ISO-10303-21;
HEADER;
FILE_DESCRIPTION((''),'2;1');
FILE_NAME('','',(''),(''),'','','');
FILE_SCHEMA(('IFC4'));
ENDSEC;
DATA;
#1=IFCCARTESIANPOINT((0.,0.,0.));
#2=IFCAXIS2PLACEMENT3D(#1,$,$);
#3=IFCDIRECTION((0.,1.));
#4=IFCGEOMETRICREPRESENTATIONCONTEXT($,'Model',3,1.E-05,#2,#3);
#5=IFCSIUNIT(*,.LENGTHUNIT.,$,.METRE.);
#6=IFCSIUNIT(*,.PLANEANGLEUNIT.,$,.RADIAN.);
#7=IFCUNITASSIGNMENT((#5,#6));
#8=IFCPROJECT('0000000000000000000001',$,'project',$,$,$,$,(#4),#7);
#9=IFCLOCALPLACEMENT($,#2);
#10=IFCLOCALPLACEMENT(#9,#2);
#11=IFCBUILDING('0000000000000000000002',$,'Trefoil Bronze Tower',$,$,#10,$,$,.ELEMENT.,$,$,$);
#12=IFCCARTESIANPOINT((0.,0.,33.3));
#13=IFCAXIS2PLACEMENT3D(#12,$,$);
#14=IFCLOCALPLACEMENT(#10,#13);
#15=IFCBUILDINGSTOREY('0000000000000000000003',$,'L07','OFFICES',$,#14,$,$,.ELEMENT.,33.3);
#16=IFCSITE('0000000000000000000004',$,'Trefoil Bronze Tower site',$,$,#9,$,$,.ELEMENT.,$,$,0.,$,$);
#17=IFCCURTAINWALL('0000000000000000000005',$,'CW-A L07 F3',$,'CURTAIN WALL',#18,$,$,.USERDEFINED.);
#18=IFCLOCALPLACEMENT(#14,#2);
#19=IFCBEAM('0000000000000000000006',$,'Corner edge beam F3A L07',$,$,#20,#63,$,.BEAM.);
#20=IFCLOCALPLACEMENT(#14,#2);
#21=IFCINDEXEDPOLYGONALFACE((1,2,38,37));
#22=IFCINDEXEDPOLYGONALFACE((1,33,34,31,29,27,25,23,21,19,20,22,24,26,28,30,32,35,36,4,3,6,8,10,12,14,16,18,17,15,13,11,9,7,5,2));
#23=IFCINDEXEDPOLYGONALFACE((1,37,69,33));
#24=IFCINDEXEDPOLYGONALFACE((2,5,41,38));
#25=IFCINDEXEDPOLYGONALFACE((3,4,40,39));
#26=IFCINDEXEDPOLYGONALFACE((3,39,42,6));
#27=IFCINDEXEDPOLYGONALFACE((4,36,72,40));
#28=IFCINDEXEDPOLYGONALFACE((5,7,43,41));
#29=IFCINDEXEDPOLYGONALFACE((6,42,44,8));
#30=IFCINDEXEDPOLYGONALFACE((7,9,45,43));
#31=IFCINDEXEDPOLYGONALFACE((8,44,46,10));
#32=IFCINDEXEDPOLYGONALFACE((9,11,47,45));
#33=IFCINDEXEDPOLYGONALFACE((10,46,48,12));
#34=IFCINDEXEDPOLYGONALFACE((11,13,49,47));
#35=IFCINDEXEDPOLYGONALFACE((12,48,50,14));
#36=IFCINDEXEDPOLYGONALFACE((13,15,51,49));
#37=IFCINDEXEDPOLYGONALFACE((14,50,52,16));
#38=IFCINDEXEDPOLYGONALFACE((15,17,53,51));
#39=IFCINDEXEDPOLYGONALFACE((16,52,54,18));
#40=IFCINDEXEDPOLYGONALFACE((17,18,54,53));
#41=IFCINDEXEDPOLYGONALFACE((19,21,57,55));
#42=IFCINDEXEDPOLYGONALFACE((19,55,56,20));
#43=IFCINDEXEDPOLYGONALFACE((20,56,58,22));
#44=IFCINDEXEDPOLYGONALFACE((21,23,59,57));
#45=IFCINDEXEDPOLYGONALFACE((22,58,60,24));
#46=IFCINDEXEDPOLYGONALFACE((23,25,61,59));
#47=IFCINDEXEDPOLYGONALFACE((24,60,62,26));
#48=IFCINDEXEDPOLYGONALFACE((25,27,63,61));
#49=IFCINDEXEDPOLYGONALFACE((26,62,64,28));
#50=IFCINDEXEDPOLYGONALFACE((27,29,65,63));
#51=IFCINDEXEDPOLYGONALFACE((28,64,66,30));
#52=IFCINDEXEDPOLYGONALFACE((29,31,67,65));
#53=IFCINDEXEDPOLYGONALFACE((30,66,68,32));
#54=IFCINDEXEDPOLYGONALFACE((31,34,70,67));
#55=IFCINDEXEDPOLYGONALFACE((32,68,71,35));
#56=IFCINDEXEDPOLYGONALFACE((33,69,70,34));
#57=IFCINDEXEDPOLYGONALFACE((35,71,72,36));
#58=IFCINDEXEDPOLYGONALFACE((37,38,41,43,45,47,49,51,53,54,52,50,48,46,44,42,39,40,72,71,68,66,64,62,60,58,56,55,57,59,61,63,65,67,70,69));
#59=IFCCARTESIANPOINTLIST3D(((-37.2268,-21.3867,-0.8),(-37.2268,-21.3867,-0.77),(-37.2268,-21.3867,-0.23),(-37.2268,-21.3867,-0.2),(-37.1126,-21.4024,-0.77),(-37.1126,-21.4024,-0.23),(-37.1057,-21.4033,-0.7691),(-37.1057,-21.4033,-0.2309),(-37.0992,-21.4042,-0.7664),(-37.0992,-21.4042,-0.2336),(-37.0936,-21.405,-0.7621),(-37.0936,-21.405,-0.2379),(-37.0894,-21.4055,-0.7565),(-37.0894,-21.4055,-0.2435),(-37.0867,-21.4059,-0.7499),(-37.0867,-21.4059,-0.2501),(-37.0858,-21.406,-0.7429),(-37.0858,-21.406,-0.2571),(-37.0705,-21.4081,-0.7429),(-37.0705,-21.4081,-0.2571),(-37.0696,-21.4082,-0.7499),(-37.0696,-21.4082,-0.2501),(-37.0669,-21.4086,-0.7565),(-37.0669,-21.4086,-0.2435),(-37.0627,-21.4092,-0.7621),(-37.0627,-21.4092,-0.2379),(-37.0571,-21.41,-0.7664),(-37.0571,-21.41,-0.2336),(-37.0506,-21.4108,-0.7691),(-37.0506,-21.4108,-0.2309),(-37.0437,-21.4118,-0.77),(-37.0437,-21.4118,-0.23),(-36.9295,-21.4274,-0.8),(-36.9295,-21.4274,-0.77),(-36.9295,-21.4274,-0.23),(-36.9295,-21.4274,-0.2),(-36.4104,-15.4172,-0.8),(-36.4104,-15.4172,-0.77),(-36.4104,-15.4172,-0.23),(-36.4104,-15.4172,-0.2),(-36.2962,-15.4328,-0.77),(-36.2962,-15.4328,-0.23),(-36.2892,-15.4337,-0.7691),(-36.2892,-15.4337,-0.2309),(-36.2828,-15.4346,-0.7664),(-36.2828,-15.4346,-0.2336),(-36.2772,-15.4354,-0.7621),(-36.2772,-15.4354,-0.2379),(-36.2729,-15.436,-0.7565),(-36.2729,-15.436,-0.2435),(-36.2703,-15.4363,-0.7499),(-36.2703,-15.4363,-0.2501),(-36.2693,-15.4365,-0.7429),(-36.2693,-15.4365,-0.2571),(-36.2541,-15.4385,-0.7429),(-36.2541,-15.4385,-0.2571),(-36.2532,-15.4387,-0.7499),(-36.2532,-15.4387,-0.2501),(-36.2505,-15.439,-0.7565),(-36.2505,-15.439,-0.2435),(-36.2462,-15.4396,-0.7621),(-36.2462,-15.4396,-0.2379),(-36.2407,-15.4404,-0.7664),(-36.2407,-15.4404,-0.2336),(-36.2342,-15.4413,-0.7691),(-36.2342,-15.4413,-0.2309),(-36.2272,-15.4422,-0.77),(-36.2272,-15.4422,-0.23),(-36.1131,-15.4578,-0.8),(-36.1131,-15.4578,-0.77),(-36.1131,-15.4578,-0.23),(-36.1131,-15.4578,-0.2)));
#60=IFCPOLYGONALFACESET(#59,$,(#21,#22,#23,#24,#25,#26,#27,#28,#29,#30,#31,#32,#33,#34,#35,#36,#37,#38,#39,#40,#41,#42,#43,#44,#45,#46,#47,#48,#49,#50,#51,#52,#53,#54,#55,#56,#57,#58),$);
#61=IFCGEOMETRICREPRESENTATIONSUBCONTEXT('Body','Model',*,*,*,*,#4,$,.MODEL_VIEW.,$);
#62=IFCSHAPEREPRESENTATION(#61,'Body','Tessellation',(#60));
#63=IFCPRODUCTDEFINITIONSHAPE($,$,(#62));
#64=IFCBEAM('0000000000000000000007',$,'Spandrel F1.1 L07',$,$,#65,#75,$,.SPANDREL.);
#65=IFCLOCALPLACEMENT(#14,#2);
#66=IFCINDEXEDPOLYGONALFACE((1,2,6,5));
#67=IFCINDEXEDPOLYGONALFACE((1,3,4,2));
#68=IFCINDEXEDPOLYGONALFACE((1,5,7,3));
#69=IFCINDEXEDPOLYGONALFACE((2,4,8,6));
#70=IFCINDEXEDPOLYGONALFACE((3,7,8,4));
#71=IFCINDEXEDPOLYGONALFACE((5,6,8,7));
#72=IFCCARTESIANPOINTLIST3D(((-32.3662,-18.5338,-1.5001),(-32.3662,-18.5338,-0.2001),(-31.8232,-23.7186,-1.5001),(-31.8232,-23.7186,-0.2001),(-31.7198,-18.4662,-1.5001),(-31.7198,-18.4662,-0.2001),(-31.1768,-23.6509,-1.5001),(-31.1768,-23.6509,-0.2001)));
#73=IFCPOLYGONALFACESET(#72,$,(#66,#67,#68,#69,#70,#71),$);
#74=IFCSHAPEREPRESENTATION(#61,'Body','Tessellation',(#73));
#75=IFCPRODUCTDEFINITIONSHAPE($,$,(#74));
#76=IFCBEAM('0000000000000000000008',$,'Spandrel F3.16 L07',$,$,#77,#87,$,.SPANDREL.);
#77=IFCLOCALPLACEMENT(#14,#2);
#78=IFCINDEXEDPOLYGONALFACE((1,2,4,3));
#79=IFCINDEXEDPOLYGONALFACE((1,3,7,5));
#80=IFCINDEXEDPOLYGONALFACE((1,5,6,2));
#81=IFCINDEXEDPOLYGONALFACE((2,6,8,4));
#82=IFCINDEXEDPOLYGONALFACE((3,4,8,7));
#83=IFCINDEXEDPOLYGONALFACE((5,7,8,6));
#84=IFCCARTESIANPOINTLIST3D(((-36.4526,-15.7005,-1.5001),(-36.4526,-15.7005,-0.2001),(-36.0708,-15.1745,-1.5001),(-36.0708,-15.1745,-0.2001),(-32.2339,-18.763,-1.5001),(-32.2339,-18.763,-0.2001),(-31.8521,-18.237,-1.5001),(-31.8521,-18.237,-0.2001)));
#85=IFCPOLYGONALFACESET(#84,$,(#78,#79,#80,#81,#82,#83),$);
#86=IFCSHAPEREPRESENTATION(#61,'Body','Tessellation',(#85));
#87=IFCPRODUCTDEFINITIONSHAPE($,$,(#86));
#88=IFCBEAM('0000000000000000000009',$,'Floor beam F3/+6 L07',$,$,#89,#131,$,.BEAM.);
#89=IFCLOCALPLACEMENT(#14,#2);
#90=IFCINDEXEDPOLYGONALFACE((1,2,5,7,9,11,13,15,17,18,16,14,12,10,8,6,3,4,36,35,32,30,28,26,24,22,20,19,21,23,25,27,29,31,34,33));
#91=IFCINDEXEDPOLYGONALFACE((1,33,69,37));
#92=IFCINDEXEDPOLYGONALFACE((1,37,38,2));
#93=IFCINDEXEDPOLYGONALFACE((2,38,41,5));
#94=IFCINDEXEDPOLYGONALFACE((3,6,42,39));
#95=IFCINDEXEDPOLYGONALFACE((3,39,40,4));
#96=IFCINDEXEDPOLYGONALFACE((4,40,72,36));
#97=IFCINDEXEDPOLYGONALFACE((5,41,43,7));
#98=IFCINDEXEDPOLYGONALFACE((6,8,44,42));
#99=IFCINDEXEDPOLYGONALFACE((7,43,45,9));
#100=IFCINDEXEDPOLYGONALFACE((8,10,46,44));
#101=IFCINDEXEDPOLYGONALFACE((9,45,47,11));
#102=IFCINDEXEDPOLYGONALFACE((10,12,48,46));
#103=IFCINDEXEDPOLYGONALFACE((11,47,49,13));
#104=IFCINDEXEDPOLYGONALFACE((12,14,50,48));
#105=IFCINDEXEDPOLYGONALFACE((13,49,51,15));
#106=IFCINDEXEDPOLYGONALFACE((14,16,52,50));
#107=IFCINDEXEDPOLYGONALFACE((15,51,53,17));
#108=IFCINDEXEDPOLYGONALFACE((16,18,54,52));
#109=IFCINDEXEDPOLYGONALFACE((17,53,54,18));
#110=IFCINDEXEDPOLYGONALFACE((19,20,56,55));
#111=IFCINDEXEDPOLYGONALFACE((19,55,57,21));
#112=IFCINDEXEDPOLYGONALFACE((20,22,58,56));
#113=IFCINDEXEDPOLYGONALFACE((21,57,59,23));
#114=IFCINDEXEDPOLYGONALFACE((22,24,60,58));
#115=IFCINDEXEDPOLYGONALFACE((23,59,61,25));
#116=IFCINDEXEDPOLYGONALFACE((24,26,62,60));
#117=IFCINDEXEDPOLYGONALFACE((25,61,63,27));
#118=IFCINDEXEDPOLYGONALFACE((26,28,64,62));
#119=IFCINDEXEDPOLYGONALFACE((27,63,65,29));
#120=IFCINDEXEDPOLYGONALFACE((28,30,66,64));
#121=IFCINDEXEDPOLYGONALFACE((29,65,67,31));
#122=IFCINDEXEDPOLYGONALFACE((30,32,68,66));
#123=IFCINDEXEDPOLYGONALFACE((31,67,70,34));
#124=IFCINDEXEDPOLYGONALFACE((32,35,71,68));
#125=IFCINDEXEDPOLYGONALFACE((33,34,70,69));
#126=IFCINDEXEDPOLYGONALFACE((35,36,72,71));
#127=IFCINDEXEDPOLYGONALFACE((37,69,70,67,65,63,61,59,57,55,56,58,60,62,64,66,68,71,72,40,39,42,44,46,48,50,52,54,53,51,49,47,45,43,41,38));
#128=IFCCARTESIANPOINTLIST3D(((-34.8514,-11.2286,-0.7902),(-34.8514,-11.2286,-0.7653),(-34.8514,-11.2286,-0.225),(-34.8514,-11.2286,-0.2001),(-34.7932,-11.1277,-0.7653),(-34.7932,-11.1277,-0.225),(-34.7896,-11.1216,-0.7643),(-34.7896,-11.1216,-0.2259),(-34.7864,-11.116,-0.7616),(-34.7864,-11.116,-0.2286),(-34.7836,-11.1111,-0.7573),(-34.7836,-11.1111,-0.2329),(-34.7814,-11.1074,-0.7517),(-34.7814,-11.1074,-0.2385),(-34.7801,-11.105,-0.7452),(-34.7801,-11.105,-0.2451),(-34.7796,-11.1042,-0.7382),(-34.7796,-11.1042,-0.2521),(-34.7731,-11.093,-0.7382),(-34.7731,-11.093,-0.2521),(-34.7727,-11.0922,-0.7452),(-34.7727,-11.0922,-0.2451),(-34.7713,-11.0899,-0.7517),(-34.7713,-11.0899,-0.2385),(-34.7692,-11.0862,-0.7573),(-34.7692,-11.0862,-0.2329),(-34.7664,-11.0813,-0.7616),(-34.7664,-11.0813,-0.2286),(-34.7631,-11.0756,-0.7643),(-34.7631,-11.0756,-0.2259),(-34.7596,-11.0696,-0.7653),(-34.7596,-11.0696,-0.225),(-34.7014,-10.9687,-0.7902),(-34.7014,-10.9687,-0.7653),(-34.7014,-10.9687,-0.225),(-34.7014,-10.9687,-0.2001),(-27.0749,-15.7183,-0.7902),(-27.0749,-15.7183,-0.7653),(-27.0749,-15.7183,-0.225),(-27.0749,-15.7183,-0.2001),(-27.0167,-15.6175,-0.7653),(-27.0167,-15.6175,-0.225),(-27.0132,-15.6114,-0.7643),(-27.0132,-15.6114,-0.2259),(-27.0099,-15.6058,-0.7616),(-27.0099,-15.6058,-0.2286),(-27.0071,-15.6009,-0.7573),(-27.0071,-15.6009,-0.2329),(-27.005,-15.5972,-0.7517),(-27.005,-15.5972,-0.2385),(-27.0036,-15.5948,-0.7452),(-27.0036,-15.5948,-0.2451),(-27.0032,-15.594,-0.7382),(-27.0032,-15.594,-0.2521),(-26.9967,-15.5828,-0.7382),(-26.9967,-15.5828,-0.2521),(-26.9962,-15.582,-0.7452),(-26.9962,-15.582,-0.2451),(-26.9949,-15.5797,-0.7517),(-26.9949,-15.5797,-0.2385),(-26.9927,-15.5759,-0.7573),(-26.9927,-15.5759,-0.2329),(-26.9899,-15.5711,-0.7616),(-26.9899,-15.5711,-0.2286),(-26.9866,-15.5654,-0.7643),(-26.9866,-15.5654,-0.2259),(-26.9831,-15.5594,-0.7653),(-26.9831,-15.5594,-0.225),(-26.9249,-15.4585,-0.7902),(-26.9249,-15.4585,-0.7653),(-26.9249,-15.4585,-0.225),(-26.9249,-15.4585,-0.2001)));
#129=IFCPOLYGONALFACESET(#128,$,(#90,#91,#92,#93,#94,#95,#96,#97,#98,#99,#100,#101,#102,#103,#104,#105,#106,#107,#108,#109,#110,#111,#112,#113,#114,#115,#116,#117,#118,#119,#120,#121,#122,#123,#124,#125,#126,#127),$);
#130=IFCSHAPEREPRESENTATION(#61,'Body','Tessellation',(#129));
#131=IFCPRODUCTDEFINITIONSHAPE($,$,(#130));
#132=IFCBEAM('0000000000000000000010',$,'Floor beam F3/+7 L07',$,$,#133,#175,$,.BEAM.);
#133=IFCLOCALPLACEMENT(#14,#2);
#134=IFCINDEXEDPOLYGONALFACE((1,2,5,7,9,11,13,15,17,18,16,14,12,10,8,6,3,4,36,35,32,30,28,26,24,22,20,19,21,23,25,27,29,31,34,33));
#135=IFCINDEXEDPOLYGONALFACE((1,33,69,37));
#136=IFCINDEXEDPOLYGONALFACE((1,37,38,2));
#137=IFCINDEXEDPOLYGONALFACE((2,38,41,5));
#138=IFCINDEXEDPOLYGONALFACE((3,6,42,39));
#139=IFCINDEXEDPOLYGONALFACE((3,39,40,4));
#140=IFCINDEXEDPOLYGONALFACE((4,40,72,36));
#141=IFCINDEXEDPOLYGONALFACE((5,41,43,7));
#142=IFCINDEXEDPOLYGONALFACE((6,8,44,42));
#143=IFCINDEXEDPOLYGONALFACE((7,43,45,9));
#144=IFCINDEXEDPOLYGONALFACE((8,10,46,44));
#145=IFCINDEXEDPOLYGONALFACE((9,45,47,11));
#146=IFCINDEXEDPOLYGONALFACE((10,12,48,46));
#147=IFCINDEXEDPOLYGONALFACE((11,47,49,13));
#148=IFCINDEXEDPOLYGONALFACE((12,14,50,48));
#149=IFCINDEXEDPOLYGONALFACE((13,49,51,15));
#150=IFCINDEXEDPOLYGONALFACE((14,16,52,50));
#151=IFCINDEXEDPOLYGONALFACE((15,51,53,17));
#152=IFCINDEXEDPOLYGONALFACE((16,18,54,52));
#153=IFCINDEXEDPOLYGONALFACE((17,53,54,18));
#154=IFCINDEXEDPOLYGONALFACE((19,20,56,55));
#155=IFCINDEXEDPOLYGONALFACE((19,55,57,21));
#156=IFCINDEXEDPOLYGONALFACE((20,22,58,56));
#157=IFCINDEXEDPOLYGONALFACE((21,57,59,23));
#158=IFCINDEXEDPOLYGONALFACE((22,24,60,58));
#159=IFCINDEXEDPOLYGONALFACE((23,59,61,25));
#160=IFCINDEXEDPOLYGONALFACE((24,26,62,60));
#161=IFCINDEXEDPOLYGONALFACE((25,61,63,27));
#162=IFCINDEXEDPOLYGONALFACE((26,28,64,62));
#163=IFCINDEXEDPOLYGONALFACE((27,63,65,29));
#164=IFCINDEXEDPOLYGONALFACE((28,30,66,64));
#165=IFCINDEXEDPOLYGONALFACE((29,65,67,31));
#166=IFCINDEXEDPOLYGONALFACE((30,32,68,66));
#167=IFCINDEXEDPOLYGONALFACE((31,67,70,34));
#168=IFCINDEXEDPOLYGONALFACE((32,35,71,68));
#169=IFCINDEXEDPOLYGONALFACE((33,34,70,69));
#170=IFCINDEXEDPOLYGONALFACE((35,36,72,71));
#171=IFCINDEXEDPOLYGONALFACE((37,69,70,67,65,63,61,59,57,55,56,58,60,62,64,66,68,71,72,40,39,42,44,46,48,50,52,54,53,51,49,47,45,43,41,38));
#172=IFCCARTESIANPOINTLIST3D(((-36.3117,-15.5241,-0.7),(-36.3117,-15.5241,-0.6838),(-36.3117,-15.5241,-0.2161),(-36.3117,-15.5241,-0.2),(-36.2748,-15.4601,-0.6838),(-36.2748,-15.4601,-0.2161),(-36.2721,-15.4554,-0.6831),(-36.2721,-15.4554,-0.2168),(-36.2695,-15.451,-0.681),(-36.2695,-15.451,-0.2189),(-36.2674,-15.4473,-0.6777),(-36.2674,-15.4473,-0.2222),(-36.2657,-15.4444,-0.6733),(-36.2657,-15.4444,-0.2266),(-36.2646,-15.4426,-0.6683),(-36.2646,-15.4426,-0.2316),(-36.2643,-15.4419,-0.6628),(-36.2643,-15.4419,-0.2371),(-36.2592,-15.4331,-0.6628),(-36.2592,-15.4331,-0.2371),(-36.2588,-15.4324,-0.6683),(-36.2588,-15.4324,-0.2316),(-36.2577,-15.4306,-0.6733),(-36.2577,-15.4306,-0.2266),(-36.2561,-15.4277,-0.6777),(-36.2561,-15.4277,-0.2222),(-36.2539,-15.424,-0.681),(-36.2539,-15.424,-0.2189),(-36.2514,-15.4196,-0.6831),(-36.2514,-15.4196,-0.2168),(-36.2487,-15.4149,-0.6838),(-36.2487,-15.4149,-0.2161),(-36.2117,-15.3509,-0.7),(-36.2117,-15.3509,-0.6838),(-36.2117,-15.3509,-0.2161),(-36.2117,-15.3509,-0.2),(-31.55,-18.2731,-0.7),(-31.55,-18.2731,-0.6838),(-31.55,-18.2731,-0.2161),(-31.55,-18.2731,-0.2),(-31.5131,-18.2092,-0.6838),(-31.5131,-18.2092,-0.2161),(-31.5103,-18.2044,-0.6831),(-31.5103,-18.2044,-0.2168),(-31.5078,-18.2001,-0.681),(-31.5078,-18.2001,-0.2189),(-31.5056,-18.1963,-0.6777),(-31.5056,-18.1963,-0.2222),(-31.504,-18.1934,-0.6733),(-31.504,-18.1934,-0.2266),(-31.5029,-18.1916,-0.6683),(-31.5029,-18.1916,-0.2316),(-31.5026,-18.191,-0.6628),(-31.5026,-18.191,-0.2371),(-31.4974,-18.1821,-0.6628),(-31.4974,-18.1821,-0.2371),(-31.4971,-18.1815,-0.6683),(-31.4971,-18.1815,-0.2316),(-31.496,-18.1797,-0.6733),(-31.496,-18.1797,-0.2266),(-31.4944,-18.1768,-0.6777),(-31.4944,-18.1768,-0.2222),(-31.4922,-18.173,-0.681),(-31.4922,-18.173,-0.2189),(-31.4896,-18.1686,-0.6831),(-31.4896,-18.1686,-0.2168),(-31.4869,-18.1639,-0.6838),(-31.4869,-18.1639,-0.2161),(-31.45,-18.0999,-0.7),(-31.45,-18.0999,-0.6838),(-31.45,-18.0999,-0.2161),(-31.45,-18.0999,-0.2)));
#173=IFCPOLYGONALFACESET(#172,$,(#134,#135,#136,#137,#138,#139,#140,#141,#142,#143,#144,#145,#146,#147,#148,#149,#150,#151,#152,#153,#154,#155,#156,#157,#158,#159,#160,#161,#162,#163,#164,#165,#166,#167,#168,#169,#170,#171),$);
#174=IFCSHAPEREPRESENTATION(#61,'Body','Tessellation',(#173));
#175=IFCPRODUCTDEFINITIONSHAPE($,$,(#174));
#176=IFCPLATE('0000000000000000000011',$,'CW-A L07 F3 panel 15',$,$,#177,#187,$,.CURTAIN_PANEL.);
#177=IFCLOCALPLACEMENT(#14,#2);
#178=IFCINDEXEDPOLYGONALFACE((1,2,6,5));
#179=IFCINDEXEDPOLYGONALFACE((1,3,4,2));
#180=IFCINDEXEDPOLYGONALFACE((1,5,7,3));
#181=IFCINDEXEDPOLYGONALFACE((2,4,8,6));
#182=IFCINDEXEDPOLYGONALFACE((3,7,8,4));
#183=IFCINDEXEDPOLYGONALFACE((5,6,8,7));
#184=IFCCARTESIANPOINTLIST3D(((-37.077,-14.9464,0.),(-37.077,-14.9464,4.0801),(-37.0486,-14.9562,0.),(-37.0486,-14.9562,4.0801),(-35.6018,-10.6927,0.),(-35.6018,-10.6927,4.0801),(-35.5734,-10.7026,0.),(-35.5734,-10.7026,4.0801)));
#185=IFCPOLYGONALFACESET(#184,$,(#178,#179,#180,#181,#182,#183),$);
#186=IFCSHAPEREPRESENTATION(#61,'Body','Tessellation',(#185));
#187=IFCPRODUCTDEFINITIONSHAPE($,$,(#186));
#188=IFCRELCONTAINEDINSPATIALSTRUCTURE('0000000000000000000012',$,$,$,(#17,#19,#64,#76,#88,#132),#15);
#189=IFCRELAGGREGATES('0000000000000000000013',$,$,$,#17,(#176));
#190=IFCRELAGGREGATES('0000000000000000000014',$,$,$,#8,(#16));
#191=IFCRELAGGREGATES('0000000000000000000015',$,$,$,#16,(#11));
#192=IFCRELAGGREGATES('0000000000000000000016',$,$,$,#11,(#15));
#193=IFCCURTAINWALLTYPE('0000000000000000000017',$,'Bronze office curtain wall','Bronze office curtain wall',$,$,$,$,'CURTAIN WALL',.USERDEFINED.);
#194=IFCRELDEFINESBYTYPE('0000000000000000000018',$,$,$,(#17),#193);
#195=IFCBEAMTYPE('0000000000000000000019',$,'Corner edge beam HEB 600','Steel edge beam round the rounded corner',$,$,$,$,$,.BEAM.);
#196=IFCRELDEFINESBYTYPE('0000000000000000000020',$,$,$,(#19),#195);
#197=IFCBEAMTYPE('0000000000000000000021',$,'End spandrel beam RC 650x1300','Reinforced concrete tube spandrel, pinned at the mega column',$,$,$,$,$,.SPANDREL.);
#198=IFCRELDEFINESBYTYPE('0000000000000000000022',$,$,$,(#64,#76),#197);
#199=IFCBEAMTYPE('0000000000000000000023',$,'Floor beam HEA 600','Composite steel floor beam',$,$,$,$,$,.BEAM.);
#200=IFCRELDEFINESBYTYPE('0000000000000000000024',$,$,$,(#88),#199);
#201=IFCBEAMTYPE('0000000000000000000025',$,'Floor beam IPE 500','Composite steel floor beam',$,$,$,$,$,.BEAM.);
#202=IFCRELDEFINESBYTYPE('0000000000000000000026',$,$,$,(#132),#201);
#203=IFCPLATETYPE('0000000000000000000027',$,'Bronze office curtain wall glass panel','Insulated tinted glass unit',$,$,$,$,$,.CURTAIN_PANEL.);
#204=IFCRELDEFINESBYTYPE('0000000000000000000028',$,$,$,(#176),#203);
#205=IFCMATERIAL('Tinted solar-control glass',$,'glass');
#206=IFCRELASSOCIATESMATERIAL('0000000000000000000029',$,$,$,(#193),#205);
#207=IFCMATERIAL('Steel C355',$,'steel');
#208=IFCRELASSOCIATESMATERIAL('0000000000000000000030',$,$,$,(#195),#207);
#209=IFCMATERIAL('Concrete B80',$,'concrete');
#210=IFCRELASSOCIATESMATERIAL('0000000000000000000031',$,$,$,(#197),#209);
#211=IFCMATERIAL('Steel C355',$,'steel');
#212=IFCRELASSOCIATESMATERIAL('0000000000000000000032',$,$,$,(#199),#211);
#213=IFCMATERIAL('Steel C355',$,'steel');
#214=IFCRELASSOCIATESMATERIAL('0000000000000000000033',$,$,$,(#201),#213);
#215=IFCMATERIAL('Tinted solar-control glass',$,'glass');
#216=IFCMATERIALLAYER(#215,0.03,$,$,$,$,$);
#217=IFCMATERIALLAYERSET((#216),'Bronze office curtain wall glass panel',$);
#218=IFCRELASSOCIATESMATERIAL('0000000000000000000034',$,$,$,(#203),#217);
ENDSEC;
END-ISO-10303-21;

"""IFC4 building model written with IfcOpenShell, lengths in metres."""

from ifc_helpers import new_model, si_unit, direction, frame, origin, origin_2d, place, context, subcontext, project, spatial, rectangle, i_section, extrude, material, layer, layer_set, material_profile, profile_set, type_object, element, aggregate, save


model = new_model("IFC4")

# Units and contexts
model_context = context("Model", 3, precision=1e-05, world=origin(), true_north=direction((0.0, 1.0)))
body_context = subcontext(model_context, "Body", "Model", "MODEL_VIEW")
ifc_project = project(units=[si_unit("LENGTHUNIT", "METRE"), si_unit("PLANEANGLEUNIT", "RADIAN")], contexts=[model_context])

# Site, building, storey
site_placement = place(None, origin())
site = spatial("IfcSite", under=ifc_project, at=site_placement, Name="Trefoil Bronze Tower site", CompositionType="ELEMENT", RefElevation=0.0)
building_placement = place(site_placement, origin())
building = spatial("IfcBuilding", under=site, at=building_placement, Name="Trefoil Bronze Tower", CompositionType="ELEMENT")
storey_placement = place(building_placement, frame((0.0, 0.0, 33.3)))
storey = spatial("IfcBuildingStorey", under=building, at=storey_placement, Name="L07", Description="OFFICES", CompositionType="ELEMENT", Elevation=33.3)

# Curtain wall
ifc_material_1 = material(Name="Tinted solar-control glass", Category="glass")
curtain_wall_type_1 = type_object("IfcCurtainWallType", Name="Bronze office curtain wall", Description="Bronze office curtain wall", ElementType="CURTAIN WALL", PredefinedType="USERDEFINED", material=ifc_material_1)
curtain_wall_1_placement = place(storey_placement, origin())
curtain_wall_1 = element("IfcCurtainWall", 1, at=curtain_wall_1_placement, inside=storey, type_object=curtain_wall_type_1, Name="CW-A L07 F3", ObjectType="CURTAIN WALL", PredefinedType="USERDEFINED")

# Beams
ifc_material_2 = material(Name="Steel C355", Category="steel")
ifc_material_profile_1 = material_profile(ifc_material_2, i_section(OverallWidth=0.3, OverallDepth=0.6001, WebThickness=0.0154, FlangeThickness=0.03, FilletRadius=0.0271, at=origin_2d()), Name="HEB 600")
ifc_profile_set_1 = profile_set([ifc_material_profile_1], Name="Steel C355")
beam_type_1 = type_object("IfcBeamType", Name="Corner edge beam HEB 600", Description="Steel edge beam round the rounded corner", PredefinedType="BEAM", material=ifc_profile_set_1)
beam_1_placement = place(storey_placement, frame((-36.2617, -15.4375, -0.5), z_axis=(-0.135502, -0.990777, 0.0), x_axis=(0.990777, -0.135502, 0.0)))
element("IfcBeam", 2, at=beam_1_placement, inside=storey, type_object=beam_type_1, Name="Corner edge beam F3A L07", PredefinedType="BEAM", context=body_context, shape_type="SweptSolid", body=[
    extrude(i_section(OverallWidth=0.3, OverallDepth=0.6001, WebThickness=0.0154, FlangeThickness=0.03, FilletRadius=0.0271, at=origin_2d()), origin(), (0.0, 0.0, 1.0), 6.0251),
])
ifc_material_3 = material(Name="Concrete B80", Category="concrete")
ifc_material_profile_2 = material_profile(ifc_material_3, rectangle(XDim=0.6499, YDim=1.3, at=origin_2d()), Name="RC 650x1300")
ifc_profile_set_2 = profile_set([ifc_material_profile_2], Name="Concrete B80")
beam_type_2 = type_object("IfcBeamType", Name="End spandrel beam RC 650x1300", Description="Reinforced concrete tube spandrel, pinned at the mega column", PredefinedType="SPANDREL", material=ifc_profile_set_2)
for number, where, z_axis, x_axis, name in (
    (3, (-32.043, -18.5, -0.8501), (0.104153, -0.994561, 0.0), (0.994561, 0.104153, 0.0), "Spandrel F1.1 L07"),
    (4, (-36.2617, -15.4375, -0.8501), (0.809254, -0.587459, 0.0), (0.587459, 0.809254, 0.0), "Spandrel F3.16 L07"),
):
    element("IfcBeam", number, at=place(storey_placement, frame(where, z_axis=z_axis, x_axis=x_axis)), inside=storey, type_object=beam_type_2, Name=name, PredefinedType="SPANDREL", context=body_context, shape_type="SweptSolid", body=[
        extrude(rectangle(XDim=0.6499, YDim=1.3, at=origin_2d()), origin(), (0.0, 0.0, 1.0), 5.2131),
    ])
ifc_material_4 = material(Name="Steel C355", Category="steel")
ifc_material_profile_3 = material_profile(ifc_material_4, i_section(OverallWidth=0.3, OverallDepth=0.5901, WebThickness=0.0129, FlangeThickness=0.0249, FilletRadius=0.0271, at=origin_2d()), Name="HEA 600")
ifc_profile_set_3 = profile_set([ifc_material_profile_3], Name="Steel C355")
beam_type_3 = type_object("IfcBeamType", Name="Floor beam HEA 600", Description="Composite steel floor beam", PredefinedType="BEAM", material=ifc_profile_set_3)
beam_2_placement = place(storey_placement, frame((-34.7764, -11.0986, -0.4951), z_axis=(0.866023, -0.500005, 0.0), x_axis=(0.500005, 0.866023, 0.0)))
element("IfcBeam", 5, at=beam_2_placement, inside=storey, type_object=beam_type_3, Name="Floor beam F3/+6 L07", PredefinedType="BEAM", context=body_context, shape_type="SweptSolid", body=[
    extrude(i_section(OverallWidth=0.3, OverallDepth=0.5901, WebThickness=0.0129, FlangeThickness=0.0249, FilletRadius=0.0271, at=origin_2d()), origin(), (0.0, 0.0, 1.0), 8.9795),
])
ifc_material_5 = material(Name="Steel C355", Category="steel")
ifc_material_profile_4 = material_profile(ifc_material_5, i_section(OverallWidth=0.2, OverallDepth=0.5, WebThickness=0.0103, FlangeThickness=0.0161, FilletRadius=0.021, at=origin_2d()), Name="IPE 500")
ifc_profile_set_4 = profile_set([ifc_material_profile_4], Name="Steel C355")
beam_type_4 = type_object("IfcBeamType", Name="Floor beam IPE 500", Description="Composite steel floor beam", PredefinedType="BEAM", material=ifc_profile_set_4)
beam_3_placement = place(storey_placement, frame((-36.2617, -15.4375, -0.45), z_axis=(0.866038, -0.499979, 0.0), x_axis=(0.499979, 0.866038, 0.0)))
element("IfcBeam", 6, at=beam_3_placement, inside=storey, type_object=beam_type_4, Name="Floor beam F3/+7 L07", PredefinedType="BEAM", context=body_context, shape_type="SweptSolid", body=[
    extrude(i_section(OverallWidth=0.2, OverallDepth=0.5, WebThickness=0.0103, FlangeThickness=0.0161, FilletRadius=0.021, at=origin_2d()), origin(), (0.0, 0.0, 1.0), 5.4983),
])

# Plate
ifc_material_6 = material(Name="Tinted solar-control glass", Category="glass")
ifc_layer_1 = layer(ifc_material_6, 0.03)
ifc_layer_set_1 = layer_set([ifc_layer_1], Name="Bronze office curtain wall glass panel")
plate_type_1 = type_object("IfcPlateType", Name="Bronze office curtain wall glass panel", Description="Insulated tinted glass unit", PredefinedType="CURTAIN_PANEL", material=ifc_layer_set_1)
plate_1_placement = place(storey_placement, frame((-36.3252, -12.8245, 0.0), z_axis=(0.0, 0.0, 1.0), x_axis=(-0.327674, -0.944791, 0.0)))
plate_1 = element("IfcPlate", 7, at=plate_1_placement, type_object=plate_type_1, Name="CW-A L07 F3 panel 15", PredefinedType="CURTAIN_PANEL", context=body_context, shape_type="SweptSolid", body=[
    extrude(rectangle(XDim=4.5022, YDim=0.03, at=origin_2d()), origin(), (0.0, 0.0, 1.0), 4.0801),
])
aggregate(curtain_wall_1, [plate_1])

save(model, "model.ifc")
